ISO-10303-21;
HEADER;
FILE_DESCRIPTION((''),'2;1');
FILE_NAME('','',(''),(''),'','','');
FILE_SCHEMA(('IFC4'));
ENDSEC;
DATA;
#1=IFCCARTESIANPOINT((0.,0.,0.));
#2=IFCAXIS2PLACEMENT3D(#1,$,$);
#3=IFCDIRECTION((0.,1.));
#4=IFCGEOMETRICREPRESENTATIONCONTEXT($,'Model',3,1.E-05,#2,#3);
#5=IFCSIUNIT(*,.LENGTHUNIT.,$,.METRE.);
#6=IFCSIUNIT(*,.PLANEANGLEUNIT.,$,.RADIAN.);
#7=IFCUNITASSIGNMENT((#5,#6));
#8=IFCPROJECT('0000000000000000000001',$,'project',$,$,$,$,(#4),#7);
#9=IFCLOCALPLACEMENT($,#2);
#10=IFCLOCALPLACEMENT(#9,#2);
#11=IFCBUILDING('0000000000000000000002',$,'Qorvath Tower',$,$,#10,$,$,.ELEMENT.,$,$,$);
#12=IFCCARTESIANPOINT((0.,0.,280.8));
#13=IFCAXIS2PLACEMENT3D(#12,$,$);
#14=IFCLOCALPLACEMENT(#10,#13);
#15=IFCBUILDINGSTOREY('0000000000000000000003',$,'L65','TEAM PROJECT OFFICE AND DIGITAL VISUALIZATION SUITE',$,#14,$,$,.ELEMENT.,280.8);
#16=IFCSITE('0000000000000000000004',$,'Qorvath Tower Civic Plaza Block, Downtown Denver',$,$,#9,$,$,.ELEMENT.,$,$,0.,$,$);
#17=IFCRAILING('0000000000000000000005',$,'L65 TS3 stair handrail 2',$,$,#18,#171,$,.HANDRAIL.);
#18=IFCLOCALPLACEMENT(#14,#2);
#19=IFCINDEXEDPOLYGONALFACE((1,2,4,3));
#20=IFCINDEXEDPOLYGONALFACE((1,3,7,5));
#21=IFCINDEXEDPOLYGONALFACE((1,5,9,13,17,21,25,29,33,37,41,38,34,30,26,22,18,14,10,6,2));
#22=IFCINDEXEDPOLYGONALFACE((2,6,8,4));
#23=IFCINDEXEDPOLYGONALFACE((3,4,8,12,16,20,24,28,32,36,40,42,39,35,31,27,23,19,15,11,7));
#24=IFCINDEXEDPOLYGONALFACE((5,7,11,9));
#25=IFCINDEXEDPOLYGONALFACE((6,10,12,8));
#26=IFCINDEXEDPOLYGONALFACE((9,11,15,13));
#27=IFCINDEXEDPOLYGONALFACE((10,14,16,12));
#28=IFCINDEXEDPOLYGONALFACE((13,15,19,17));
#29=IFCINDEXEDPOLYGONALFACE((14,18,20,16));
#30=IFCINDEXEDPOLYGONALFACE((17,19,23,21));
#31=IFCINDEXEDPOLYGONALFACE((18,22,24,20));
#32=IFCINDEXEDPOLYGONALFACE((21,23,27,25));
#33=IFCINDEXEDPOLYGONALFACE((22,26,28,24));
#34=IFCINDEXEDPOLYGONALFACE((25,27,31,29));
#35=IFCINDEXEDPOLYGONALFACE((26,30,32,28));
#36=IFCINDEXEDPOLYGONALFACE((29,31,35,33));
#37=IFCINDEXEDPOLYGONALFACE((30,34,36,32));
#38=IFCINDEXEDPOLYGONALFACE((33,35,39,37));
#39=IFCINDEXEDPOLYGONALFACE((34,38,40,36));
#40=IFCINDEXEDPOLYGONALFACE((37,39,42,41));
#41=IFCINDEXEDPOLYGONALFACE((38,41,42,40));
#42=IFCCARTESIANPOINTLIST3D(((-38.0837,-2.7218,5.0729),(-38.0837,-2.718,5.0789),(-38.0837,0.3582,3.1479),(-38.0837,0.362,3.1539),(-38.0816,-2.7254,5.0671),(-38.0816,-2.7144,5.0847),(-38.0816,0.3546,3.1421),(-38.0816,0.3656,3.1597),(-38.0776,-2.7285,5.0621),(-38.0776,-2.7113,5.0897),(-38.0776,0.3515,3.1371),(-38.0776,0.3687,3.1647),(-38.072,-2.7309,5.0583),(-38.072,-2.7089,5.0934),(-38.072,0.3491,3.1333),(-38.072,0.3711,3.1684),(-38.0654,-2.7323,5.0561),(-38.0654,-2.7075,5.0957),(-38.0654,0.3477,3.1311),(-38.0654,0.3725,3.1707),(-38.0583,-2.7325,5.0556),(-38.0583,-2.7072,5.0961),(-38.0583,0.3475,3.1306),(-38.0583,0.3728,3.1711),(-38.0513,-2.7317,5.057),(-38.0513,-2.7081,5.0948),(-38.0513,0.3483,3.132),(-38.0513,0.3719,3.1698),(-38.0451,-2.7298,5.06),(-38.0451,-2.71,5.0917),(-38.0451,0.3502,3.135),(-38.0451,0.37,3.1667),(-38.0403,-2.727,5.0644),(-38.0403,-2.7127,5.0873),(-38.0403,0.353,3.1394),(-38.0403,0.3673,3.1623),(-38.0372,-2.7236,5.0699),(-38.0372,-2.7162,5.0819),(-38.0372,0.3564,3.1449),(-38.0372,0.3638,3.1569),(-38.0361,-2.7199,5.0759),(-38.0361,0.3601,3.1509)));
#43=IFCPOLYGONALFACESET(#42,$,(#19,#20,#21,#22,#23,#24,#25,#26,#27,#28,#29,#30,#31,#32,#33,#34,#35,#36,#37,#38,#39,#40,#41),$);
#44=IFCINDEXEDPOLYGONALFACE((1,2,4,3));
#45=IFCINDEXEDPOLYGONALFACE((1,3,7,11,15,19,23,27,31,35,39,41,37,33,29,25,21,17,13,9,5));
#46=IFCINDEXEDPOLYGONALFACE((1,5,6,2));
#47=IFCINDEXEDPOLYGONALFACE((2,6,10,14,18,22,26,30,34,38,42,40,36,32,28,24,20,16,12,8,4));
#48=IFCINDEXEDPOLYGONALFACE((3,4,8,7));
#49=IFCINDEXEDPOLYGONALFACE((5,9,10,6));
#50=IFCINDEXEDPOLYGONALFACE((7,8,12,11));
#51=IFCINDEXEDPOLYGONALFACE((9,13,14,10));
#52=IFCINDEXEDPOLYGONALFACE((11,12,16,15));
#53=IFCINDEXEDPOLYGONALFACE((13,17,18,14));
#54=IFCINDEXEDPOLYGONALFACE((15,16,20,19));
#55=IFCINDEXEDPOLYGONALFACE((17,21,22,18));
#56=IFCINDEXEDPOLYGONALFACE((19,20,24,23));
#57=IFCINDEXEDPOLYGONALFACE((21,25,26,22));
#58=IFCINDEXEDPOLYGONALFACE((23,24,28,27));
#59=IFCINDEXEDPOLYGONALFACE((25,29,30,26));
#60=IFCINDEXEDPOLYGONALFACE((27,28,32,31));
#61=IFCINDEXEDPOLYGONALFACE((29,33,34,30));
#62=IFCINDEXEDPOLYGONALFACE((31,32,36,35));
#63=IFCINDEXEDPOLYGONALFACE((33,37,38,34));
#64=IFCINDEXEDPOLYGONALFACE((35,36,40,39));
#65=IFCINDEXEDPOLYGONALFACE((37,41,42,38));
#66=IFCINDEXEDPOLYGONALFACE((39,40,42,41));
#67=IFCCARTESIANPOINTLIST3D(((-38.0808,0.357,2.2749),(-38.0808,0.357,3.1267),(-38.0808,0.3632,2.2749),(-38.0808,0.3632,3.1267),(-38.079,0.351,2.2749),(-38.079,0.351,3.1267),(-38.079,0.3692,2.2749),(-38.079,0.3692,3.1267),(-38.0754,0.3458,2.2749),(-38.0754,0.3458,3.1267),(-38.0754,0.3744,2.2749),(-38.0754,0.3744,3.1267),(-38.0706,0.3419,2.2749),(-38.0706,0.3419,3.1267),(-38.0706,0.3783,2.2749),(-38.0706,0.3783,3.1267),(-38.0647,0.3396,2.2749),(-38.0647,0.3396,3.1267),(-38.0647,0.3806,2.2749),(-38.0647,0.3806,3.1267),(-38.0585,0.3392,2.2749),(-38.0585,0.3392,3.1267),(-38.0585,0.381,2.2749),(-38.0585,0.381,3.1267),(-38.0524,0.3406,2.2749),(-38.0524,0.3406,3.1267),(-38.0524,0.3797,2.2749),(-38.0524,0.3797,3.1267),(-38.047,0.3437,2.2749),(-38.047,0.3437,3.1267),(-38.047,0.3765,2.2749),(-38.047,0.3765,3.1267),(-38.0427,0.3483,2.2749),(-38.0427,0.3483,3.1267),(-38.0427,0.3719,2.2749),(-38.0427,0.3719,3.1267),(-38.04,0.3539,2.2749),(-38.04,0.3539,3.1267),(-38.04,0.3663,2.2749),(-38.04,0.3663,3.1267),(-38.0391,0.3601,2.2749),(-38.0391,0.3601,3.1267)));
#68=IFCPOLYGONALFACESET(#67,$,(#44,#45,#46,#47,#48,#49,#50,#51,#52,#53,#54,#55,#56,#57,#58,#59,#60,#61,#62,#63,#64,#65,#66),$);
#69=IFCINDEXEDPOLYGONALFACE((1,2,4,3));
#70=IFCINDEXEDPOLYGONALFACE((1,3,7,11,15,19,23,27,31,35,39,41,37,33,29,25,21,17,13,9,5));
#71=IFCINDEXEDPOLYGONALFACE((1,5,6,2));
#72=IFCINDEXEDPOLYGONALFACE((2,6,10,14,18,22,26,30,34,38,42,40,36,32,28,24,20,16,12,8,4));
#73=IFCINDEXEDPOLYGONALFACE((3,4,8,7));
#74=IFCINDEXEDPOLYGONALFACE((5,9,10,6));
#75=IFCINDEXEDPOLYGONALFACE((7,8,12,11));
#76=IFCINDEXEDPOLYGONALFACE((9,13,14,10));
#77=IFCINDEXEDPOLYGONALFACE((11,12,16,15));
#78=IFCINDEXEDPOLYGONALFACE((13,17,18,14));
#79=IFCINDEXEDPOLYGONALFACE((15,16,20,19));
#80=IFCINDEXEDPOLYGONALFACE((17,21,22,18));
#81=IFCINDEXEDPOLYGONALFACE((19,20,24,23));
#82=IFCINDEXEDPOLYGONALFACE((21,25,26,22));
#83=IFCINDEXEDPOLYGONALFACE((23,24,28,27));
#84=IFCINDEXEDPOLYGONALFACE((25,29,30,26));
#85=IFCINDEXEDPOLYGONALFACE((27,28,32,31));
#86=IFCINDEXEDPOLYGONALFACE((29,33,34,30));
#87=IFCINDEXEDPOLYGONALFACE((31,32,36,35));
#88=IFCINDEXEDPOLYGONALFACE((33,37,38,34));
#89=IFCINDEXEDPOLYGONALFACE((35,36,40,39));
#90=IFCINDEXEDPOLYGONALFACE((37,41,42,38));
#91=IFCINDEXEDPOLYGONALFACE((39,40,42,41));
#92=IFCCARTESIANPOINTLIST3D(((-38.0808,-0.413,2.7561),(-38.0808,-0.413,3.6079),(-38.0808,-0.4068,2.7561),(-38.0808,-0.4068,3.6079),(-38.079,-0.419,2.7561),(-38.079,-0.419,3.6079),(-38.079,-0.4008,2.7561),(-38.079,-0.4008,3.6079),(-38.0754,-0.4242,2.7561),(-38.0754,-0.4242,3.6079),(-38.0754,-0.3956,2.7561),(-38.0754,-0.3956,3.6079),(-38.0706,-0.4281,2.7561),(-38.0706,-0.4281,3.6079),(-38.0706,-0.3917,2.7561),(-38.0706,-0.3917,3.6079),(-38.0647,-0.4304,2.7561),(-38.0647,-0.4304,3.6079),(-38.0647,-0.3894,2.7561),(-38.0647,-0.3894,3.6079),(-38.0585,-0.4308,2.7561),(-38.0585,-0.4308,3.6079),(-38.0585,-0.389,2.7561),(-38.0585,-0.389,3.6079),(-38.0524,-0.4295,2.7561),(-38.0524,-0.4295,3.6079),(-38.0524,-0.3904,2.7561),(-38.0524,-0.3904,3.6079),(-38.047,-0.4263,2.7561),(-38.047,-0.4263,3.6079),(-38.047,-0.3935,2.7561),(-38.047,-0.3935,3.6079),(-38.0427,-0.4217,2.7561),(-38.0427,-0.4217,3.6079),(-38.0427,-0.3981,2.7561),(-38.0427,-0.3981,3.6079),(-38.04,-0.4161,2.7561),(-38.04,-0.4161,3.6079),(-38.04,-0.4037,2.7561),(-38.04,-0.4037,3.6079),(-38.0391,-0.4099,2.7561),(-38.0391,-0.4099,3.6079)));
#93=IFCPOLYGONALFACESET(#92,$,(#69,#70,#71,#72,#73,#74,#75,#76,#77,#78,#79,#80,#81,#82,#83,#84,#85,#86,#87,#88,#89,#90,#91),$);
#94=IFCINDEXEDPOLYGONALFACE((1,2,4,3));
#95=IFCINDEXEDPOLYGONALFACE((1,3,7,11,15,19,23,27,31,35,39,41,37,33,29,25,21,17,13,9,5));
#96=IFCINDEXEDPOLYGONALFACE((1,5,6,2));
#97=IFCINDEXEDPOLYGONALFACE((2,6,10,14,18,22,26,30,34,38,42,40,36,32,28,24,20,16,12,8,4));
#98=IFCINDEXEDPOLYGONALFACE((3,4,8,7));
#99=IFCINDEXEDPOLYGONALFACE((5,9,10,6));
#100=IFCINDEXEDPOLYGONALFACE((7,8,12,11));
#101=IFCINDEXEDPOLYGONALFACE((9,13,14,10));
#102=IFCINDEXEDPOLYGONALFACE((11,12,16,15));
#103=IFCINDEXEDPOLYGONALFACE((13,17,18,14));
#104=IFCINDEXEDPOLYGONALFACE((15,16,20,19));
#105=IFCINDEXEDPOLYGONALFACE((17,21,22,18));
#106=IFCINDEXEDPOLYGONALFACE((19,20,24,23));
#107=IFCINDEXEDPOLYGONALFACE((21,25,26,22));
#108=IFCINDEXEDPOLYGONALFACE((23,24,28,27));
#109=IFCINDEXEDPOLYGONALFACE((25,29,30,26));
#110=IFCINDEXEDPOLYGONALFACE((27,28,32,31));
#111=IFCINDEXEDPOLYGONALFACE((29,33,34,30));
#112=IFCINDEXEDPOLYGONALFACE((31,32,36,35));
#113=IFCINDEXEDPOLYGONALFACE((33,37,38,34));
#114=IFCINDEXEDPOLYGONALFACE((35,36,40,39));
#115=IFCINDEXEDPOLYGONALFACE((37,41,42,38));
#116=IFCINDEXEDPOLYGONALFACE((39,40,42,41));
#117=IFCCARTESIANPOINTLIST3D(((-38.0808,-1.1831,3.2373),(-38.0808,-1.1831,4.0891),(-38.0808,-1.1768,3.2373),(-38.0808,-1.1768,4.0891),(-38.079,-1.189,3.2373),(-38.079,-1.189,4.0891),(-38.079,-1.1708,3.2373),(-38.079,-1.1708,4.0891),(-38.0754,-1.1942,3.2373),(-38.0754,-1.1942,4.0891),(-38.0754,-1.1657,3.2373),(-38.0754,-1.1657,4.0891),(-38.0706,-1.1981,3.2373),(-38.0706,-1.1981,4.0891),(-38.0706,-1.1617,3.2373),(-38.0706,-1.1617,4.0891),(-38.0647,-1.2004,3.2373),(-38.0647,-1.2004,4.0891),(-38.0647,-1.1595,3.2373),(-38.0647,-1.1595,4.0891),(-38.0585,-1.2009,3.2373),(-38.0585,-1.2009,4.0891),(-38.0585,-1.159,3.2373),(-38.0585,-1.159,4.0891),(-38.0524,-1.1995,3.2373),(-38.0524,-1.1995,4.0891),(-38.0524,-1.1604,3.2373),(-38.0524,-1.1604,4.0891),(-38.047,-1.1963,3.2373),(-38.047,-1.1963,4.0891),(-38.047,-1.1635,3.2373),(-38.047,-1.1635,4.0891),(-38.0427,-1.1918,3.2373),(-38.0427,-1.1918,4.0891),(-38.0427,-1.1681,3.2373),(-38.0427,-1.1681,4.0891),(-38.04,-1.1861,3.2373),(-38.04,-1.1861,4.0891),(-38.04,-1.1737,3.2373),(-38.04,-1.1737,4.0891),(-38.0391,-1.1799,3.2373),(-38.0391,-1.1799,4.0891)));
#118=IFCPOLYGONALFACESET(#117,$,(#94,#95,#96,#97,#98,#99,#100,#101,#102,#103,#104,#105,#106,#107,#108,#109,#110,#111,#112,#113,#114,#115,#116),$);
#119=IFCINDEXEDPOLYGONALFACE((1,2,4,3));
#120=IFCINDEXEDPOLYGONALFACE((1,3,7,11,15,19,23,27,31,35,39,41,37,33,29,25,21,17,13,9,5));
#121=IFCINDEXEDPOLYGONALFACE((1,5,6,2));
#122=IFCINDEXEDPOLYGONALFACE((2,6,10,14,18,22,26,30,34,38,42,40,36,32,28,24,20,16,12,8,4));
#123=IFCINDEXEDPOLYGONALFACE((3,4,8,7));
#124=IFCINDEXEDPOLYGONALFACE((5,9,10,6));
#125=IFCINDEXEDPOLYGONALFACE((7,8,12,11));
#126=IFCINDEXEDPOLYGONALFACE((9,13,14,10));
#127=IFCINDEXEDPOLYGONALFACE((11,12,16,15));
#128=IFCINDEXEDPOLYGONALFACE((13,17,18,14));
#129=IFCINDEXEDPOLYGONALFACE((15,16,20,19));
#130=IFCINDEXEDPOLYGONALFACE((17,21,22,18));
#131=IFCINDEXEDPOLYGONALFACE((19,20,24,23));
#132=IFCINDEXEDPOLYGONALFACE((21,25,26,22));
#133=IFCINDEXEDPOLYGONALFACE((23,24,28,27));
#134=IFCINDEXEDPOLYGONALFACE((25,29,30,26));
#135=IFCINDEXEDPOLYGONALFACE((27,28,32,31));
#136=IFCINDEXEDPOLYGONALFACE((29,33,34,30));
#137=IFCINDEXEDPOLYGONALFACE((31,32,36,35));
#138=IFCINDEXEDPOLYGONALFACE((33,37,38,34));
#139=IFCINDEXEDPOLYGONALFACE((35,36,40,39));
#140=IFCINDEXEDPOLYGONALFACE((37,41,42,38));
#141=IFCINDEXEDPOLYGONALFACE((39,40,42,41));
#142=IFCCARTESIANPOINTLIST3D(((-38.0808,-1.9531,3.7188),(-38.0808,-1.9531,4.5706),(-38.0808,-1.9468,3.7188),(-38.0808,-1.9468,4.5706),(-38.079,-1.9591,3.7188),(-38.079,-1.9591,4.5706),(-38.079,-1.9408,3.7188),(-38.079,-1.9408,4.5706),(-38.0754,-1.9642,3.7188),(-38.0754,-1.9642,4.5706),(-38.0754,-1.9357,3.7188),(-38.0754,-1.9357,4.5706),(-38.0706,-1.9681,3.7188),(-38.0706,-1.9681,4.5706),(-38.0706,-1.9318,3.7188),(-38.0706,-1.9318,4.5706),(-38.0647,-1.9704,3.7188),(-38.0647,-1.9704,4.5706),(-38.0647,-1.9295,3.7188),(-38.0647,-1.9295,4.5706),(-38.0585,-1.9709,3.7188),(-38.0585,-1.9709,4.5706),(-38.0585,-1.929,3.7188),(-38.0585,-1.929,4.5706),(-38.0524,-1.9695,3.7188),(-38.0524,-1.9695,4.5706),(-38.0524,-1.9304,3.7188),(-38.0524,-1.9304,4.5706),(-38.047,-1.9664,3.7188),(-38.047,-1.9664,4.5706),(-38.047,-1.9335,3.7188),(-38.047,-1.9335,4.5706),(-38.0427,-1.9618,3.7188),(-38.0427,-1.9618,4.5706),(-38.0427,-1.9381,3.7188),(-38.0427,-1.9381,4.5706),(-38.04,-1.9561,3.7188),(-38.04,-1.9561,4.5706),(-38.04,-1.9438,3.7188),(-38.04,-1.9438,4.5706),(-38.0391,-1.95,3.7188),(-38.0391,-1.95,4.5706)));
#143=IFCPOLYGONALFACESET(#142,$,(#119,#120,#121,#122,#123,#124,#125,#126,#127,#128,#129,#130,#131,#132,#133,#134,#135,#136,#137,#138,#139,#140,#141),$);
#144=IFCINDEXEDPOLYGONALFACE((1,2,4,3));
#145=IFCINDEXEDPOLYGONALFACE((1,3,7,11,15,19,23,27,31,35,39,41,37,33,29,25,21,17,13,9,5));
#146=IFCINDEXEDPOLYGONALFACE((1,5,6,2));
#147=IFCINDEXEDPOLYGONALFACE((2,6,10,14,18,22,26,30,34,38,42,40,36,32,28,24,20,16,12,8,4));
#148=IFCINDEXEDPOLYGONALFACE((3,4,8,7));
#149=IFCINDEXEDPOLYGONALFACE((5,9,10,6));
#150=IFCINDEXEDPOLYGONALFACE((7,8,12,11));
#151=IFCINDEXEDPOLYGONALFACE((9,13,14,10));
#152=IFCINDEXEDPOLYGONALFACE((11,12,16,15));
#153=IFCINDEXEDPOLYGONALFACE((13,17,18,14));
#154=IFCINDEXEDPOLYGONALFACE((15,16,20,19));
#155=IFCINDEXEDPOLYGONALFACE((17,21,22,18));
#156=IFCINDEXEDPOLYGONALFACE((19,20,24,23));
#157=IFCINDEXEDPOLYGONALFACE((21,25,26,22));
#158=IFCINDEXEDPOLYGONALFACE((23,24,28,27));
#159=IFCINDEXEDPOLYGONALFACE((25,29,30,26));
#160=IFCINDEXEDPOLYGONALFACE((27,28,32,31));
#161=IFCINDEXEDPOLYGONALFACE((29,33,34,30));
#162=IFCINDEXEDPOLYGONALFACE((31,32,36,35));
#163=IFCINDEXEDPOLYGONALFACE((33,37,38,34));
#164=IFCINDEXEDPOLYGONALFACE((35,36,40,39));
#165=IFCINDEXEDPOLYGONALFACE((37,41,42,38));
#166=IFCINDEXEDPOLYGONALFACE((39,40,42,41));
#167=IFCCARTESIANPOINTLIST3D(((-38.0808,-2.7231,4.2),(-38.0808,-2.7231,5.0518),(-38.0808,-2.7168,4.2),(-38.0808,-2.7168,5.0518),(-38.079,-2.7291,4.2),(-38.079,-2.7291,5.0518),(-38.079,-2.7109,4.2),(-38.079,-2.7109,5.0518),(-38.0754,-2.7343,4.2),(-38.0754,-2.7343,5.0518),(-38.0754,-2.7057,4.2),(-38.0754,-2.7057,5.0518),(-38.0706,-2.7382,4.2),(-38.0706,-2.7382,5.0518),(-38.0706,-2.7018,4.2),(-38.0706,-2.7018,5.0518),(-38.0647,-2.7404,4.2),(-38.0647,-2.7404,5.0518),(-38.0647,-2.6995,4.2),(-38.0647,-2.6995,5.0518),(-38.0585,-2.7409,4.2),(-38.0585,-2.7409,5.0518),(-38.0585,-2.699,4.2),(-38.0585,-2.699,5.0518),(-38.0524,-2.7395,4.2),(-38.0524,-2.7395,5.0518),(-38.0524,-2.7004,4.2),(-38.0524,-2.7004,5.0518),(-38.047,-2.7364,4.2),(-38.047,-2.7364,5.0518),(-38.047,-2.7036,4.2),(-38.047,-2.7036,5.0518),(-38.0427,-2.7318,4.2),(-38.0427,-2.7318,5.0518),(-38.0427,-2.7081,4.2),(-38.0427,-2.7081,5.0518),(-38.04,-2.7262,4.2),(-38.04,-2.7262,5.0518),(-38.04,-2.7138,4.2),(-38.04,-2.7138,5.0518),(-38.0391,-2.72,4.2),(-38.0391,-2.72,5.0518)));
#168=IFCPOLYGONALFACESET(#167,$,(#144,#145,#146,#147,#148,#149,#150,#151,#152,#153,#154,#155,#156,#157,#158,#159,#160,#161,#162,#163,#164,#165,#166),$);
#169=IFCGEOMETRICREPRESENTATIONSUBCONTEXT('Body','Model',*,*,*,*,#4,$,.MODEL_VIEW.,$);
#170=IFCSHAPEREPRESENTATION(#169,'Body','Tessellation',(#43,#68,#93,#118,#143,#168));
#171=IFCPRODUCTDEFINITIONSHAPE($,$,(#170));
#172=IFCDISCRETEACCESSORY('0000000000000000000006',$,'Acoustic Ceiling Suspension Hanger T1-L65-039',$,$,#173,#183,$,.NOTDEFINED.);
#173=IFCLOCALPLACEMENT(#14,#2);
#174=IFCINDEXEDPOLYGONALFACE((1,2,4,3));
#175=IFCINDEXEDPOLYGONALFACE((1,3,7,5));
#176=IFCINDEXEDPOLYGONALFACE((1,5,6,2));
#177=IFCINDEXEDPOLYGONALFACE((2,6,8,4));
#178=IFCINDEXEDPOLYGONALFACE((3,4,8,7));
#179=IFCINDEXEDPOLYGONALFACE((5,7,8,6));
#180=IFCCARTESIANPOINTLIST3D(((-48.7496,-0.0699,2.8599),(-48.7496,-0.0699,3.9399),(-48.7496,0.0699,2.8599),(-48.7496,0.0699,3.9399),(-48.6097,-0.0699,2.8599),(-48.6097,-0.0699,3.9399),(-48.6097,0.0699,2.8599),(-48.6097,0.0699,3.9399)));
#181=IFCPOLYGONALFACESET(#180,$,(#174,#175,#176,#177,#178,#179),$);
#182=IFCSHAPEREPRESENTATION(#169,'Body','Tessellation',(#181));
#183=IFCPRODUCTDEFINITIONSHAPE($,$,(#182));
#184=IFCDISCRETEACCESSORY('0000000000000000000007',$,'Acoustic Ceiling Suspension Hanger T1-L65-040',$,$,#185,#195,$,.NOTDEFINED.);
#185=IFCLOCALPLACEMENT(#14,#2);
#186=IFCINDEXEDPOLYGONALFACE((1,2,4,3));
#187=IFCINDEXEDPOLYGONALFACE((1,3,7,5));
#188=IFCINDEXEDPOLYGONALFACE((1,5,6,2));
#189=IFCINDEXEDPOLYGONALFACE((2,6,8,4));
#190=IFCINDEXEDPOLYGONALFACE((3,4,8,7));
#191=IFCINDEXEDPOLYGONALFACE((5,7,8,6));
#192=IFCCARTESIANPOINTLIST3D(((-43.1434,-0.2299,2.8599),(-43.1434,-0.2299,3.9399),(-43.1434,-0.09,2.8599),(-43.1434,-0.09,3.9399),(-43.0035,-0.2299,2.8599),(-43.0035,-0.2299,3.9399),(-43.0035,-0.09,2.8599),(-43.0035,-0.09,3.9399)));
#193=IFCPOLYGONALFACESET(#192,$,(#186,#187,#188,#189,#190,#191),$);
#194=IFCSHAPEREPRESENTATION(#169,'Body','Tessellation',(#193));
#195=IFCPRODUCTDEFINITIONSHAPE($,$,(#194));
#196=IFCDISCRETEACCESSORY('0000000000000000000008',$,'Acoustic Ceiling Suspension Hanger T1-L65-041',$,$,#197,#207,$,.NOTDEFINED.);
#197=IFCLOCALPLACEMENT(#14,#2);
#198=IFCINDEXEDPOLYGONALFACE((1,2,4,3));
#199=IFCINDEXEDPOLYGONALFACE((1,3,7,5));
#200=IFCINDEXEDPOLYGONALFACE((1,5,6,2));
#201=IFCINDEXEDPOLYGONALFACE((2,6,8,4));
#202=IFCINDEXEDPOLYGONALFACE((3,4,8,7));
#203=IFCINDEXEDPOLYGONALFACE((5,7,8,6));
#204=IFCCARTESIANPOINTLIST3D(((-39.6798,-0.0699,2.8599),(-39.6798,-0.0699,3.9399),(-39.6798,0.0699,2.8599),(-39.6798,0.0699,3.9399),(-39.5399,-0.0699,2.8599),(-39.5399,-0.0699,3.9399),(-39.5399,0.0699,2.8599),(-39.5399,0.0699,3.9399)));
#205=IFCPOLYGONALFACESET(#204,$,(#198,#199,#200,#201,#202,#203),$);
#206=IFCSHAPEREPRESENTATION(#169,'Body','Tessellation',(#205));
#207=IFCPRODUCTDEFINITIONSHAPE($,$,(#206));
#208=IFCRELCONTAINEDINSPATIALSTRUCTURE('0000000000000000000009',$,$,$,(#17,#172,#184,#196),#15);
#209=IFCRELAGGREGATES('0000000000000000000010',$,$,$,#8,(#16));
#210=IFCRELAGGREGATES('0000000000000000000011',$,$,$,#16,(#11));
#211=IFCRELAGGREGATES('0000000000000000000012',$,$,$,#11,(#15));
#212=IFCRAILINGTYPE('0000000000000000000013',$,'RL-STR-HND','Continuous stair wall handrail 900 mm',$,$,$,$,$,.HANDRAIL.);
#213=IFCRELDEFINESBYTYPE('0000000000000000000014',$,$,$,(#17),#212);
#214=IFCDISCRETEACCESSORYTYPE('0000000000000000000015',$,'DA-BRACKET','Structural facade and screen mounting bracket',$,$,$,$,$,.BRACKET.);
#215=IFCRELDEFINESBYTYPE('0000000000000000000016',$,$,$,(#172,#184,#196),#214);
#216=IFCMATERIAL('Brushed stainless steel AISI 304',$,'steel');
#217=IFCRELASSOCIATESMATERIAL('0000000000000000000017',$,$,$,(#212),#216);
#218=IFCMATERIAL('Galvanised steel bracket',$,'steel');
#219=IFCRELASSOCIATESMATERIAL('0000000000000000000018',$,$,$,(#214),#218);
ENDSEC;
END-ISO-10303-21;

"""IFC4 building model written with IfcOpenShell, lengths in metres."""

from ifc_helpers import new_model, si_unit, direction, frame, origin, origin_2d, place, context, subcontext, project, spatial, rectangle, circle, extrude, material, type_object, element, save


model = new_model("IFC4")

# Units and contexts
model_context = context("Model", 3, precision=1e-05, world=origin(), true_north=direction((0.0, 1.0)))
body_context = subcontext(model_context, "Body", "Model", "MODEL_VIEW")
ifc_project = project(units=[si_unit("LENGTHUNIT", "METRE"), si_unit("PLANEANGLEUNIT", "RADIAN")], contexts=[model_context])

# Site, building, storey
site_placement = place(None, origin())
site = spatial("IfcSite", under=ifc_project, at=site_placement, Name="Qorvath Tower Civic Plaza Block, Downtown Denver", CompositionType="ELEMENT", RefElevation=0.0)
building_placement = place(site_placement, origin())
building = spatial("IfcBuilding", under=site, at=building_placement, Name="Qorvath Tower", CompositionType="ELEMENT")
storey_placement = place(building_placement, frame((0.0, 0.0, 280.8)))
storey = spatial("IfcBuildingStorey", under=building, at=storey_placement, Name="L65", Description="TEAM PROJECT OFFICE AND DIGITAL VISUALIZATION SUITE", CompositionType="ELEMENT", Elevation=280.8)

# Railing
ifc_material_1 = material(Name="Brushed stainless steel AISI 304", Category="steel")
railing_type_1 = type_object("IfcRailingType", Name="RL-STR-HND", Description="Continuous stair wall handrail 900 mm", PredefinedType="HANDRAIL", material=ifc_material_1)
railing_1_placement = place(storey_placement, frame((-38.0601, 0.3601, 2.2749)))
element("IfcRailing", 1, at=railing_1_placement, inside=storey, type_object=railing_type_1, Name="L65 TS3 stair handrail 2", PredefinedType="HANDRAIL", context=body_context, shape_type="SweptSolid", body=[
    extrude(circle(Radius=0.0239, at=origin_2d()), frame((0.0, 0.0, 0.876), z_axis=(0.0, -0.847998, 0.529999), x_axis=(1.0, 0.0, 0.0)), (0.0, 0.0, 1.0), 3.6321),
    extrude(circle(Radius=0.021, at=origin_2d()), origin(), (0.0, 0.0, 1.0), 0.8518),
    extrude(circle(Radius=0.021, at=origin_2d()), frame((0.0, -0.77, 0.4812)), (0.0, 0.0, 1.0), 0.8518),
    extrude(circle(Radius=0.021, at=origin_2d()), frame((0.0, -1.54, 0.9624)), (0.0, 0.0, 1.0), 0.8518),
    extrude(circle(Radius=0.021, at=origin_2d()), frame((0.0, -2.3101, 1.4438)), (0.0, 0.0, 1.0), 0.8518),
    extrude(circle(Radius=0.021, at=origin_2d()), frame((0.0, -3.0801, 1.925)), (0.0, 0.0, 1.0), 0.8518),
])

# Discrete accessories
ifc_material_2 = material(Name="Galvanised steel bracket", Category="steel")
discrete_accessory_type = type_object("IfcDiscreteAccessoryType", Name="DA-BRACKET", Description="Structural facade and screen mounting bracket", PredefinedType="BRACKET", material=ifc_material_2)
for number, where, z_axis, x_axis, name in (
    (2, (-48.6797, 0.0, 2.8599), (0.0, 0.0, 1.0), (1.0, 0.0, 0.0), "Acoustic Ceiling Suspension Hanger T1-L65-039"),
    (3, (-43.0735, -0.1599, 2.8599), (0.0, 0.0, 1.0), (1.0, 0.0, 0.0), "Acoustic Ceiling Suspension Hanger T1-L65-040"),
    (4, (-39.6099, 0.0, 2.8599), (0.0, 0.0, 1.0), (1.0, 0.0, 0.0), "Acoustic Ceiling Suspension Hanger T1-L65-041"),
):
    element("IfcDiscreteAccessory", number, at=place(storey_placement, frame(where, z_axis=z_axis, x_axis=x_axis)), inside=storey, type_object=discrete_accessory_type, Name=name, PredefinedType="NOTDEFINED", context=body_context, shape_type="SweptSolid", body=[
        extrude(rectangle(XDim=0.1399, YDim=0.1399, at=origin_2d()), origin(), (0.0, 0.0, 1.0), 1.0801),
    ])

save(model, "model.ifc")
